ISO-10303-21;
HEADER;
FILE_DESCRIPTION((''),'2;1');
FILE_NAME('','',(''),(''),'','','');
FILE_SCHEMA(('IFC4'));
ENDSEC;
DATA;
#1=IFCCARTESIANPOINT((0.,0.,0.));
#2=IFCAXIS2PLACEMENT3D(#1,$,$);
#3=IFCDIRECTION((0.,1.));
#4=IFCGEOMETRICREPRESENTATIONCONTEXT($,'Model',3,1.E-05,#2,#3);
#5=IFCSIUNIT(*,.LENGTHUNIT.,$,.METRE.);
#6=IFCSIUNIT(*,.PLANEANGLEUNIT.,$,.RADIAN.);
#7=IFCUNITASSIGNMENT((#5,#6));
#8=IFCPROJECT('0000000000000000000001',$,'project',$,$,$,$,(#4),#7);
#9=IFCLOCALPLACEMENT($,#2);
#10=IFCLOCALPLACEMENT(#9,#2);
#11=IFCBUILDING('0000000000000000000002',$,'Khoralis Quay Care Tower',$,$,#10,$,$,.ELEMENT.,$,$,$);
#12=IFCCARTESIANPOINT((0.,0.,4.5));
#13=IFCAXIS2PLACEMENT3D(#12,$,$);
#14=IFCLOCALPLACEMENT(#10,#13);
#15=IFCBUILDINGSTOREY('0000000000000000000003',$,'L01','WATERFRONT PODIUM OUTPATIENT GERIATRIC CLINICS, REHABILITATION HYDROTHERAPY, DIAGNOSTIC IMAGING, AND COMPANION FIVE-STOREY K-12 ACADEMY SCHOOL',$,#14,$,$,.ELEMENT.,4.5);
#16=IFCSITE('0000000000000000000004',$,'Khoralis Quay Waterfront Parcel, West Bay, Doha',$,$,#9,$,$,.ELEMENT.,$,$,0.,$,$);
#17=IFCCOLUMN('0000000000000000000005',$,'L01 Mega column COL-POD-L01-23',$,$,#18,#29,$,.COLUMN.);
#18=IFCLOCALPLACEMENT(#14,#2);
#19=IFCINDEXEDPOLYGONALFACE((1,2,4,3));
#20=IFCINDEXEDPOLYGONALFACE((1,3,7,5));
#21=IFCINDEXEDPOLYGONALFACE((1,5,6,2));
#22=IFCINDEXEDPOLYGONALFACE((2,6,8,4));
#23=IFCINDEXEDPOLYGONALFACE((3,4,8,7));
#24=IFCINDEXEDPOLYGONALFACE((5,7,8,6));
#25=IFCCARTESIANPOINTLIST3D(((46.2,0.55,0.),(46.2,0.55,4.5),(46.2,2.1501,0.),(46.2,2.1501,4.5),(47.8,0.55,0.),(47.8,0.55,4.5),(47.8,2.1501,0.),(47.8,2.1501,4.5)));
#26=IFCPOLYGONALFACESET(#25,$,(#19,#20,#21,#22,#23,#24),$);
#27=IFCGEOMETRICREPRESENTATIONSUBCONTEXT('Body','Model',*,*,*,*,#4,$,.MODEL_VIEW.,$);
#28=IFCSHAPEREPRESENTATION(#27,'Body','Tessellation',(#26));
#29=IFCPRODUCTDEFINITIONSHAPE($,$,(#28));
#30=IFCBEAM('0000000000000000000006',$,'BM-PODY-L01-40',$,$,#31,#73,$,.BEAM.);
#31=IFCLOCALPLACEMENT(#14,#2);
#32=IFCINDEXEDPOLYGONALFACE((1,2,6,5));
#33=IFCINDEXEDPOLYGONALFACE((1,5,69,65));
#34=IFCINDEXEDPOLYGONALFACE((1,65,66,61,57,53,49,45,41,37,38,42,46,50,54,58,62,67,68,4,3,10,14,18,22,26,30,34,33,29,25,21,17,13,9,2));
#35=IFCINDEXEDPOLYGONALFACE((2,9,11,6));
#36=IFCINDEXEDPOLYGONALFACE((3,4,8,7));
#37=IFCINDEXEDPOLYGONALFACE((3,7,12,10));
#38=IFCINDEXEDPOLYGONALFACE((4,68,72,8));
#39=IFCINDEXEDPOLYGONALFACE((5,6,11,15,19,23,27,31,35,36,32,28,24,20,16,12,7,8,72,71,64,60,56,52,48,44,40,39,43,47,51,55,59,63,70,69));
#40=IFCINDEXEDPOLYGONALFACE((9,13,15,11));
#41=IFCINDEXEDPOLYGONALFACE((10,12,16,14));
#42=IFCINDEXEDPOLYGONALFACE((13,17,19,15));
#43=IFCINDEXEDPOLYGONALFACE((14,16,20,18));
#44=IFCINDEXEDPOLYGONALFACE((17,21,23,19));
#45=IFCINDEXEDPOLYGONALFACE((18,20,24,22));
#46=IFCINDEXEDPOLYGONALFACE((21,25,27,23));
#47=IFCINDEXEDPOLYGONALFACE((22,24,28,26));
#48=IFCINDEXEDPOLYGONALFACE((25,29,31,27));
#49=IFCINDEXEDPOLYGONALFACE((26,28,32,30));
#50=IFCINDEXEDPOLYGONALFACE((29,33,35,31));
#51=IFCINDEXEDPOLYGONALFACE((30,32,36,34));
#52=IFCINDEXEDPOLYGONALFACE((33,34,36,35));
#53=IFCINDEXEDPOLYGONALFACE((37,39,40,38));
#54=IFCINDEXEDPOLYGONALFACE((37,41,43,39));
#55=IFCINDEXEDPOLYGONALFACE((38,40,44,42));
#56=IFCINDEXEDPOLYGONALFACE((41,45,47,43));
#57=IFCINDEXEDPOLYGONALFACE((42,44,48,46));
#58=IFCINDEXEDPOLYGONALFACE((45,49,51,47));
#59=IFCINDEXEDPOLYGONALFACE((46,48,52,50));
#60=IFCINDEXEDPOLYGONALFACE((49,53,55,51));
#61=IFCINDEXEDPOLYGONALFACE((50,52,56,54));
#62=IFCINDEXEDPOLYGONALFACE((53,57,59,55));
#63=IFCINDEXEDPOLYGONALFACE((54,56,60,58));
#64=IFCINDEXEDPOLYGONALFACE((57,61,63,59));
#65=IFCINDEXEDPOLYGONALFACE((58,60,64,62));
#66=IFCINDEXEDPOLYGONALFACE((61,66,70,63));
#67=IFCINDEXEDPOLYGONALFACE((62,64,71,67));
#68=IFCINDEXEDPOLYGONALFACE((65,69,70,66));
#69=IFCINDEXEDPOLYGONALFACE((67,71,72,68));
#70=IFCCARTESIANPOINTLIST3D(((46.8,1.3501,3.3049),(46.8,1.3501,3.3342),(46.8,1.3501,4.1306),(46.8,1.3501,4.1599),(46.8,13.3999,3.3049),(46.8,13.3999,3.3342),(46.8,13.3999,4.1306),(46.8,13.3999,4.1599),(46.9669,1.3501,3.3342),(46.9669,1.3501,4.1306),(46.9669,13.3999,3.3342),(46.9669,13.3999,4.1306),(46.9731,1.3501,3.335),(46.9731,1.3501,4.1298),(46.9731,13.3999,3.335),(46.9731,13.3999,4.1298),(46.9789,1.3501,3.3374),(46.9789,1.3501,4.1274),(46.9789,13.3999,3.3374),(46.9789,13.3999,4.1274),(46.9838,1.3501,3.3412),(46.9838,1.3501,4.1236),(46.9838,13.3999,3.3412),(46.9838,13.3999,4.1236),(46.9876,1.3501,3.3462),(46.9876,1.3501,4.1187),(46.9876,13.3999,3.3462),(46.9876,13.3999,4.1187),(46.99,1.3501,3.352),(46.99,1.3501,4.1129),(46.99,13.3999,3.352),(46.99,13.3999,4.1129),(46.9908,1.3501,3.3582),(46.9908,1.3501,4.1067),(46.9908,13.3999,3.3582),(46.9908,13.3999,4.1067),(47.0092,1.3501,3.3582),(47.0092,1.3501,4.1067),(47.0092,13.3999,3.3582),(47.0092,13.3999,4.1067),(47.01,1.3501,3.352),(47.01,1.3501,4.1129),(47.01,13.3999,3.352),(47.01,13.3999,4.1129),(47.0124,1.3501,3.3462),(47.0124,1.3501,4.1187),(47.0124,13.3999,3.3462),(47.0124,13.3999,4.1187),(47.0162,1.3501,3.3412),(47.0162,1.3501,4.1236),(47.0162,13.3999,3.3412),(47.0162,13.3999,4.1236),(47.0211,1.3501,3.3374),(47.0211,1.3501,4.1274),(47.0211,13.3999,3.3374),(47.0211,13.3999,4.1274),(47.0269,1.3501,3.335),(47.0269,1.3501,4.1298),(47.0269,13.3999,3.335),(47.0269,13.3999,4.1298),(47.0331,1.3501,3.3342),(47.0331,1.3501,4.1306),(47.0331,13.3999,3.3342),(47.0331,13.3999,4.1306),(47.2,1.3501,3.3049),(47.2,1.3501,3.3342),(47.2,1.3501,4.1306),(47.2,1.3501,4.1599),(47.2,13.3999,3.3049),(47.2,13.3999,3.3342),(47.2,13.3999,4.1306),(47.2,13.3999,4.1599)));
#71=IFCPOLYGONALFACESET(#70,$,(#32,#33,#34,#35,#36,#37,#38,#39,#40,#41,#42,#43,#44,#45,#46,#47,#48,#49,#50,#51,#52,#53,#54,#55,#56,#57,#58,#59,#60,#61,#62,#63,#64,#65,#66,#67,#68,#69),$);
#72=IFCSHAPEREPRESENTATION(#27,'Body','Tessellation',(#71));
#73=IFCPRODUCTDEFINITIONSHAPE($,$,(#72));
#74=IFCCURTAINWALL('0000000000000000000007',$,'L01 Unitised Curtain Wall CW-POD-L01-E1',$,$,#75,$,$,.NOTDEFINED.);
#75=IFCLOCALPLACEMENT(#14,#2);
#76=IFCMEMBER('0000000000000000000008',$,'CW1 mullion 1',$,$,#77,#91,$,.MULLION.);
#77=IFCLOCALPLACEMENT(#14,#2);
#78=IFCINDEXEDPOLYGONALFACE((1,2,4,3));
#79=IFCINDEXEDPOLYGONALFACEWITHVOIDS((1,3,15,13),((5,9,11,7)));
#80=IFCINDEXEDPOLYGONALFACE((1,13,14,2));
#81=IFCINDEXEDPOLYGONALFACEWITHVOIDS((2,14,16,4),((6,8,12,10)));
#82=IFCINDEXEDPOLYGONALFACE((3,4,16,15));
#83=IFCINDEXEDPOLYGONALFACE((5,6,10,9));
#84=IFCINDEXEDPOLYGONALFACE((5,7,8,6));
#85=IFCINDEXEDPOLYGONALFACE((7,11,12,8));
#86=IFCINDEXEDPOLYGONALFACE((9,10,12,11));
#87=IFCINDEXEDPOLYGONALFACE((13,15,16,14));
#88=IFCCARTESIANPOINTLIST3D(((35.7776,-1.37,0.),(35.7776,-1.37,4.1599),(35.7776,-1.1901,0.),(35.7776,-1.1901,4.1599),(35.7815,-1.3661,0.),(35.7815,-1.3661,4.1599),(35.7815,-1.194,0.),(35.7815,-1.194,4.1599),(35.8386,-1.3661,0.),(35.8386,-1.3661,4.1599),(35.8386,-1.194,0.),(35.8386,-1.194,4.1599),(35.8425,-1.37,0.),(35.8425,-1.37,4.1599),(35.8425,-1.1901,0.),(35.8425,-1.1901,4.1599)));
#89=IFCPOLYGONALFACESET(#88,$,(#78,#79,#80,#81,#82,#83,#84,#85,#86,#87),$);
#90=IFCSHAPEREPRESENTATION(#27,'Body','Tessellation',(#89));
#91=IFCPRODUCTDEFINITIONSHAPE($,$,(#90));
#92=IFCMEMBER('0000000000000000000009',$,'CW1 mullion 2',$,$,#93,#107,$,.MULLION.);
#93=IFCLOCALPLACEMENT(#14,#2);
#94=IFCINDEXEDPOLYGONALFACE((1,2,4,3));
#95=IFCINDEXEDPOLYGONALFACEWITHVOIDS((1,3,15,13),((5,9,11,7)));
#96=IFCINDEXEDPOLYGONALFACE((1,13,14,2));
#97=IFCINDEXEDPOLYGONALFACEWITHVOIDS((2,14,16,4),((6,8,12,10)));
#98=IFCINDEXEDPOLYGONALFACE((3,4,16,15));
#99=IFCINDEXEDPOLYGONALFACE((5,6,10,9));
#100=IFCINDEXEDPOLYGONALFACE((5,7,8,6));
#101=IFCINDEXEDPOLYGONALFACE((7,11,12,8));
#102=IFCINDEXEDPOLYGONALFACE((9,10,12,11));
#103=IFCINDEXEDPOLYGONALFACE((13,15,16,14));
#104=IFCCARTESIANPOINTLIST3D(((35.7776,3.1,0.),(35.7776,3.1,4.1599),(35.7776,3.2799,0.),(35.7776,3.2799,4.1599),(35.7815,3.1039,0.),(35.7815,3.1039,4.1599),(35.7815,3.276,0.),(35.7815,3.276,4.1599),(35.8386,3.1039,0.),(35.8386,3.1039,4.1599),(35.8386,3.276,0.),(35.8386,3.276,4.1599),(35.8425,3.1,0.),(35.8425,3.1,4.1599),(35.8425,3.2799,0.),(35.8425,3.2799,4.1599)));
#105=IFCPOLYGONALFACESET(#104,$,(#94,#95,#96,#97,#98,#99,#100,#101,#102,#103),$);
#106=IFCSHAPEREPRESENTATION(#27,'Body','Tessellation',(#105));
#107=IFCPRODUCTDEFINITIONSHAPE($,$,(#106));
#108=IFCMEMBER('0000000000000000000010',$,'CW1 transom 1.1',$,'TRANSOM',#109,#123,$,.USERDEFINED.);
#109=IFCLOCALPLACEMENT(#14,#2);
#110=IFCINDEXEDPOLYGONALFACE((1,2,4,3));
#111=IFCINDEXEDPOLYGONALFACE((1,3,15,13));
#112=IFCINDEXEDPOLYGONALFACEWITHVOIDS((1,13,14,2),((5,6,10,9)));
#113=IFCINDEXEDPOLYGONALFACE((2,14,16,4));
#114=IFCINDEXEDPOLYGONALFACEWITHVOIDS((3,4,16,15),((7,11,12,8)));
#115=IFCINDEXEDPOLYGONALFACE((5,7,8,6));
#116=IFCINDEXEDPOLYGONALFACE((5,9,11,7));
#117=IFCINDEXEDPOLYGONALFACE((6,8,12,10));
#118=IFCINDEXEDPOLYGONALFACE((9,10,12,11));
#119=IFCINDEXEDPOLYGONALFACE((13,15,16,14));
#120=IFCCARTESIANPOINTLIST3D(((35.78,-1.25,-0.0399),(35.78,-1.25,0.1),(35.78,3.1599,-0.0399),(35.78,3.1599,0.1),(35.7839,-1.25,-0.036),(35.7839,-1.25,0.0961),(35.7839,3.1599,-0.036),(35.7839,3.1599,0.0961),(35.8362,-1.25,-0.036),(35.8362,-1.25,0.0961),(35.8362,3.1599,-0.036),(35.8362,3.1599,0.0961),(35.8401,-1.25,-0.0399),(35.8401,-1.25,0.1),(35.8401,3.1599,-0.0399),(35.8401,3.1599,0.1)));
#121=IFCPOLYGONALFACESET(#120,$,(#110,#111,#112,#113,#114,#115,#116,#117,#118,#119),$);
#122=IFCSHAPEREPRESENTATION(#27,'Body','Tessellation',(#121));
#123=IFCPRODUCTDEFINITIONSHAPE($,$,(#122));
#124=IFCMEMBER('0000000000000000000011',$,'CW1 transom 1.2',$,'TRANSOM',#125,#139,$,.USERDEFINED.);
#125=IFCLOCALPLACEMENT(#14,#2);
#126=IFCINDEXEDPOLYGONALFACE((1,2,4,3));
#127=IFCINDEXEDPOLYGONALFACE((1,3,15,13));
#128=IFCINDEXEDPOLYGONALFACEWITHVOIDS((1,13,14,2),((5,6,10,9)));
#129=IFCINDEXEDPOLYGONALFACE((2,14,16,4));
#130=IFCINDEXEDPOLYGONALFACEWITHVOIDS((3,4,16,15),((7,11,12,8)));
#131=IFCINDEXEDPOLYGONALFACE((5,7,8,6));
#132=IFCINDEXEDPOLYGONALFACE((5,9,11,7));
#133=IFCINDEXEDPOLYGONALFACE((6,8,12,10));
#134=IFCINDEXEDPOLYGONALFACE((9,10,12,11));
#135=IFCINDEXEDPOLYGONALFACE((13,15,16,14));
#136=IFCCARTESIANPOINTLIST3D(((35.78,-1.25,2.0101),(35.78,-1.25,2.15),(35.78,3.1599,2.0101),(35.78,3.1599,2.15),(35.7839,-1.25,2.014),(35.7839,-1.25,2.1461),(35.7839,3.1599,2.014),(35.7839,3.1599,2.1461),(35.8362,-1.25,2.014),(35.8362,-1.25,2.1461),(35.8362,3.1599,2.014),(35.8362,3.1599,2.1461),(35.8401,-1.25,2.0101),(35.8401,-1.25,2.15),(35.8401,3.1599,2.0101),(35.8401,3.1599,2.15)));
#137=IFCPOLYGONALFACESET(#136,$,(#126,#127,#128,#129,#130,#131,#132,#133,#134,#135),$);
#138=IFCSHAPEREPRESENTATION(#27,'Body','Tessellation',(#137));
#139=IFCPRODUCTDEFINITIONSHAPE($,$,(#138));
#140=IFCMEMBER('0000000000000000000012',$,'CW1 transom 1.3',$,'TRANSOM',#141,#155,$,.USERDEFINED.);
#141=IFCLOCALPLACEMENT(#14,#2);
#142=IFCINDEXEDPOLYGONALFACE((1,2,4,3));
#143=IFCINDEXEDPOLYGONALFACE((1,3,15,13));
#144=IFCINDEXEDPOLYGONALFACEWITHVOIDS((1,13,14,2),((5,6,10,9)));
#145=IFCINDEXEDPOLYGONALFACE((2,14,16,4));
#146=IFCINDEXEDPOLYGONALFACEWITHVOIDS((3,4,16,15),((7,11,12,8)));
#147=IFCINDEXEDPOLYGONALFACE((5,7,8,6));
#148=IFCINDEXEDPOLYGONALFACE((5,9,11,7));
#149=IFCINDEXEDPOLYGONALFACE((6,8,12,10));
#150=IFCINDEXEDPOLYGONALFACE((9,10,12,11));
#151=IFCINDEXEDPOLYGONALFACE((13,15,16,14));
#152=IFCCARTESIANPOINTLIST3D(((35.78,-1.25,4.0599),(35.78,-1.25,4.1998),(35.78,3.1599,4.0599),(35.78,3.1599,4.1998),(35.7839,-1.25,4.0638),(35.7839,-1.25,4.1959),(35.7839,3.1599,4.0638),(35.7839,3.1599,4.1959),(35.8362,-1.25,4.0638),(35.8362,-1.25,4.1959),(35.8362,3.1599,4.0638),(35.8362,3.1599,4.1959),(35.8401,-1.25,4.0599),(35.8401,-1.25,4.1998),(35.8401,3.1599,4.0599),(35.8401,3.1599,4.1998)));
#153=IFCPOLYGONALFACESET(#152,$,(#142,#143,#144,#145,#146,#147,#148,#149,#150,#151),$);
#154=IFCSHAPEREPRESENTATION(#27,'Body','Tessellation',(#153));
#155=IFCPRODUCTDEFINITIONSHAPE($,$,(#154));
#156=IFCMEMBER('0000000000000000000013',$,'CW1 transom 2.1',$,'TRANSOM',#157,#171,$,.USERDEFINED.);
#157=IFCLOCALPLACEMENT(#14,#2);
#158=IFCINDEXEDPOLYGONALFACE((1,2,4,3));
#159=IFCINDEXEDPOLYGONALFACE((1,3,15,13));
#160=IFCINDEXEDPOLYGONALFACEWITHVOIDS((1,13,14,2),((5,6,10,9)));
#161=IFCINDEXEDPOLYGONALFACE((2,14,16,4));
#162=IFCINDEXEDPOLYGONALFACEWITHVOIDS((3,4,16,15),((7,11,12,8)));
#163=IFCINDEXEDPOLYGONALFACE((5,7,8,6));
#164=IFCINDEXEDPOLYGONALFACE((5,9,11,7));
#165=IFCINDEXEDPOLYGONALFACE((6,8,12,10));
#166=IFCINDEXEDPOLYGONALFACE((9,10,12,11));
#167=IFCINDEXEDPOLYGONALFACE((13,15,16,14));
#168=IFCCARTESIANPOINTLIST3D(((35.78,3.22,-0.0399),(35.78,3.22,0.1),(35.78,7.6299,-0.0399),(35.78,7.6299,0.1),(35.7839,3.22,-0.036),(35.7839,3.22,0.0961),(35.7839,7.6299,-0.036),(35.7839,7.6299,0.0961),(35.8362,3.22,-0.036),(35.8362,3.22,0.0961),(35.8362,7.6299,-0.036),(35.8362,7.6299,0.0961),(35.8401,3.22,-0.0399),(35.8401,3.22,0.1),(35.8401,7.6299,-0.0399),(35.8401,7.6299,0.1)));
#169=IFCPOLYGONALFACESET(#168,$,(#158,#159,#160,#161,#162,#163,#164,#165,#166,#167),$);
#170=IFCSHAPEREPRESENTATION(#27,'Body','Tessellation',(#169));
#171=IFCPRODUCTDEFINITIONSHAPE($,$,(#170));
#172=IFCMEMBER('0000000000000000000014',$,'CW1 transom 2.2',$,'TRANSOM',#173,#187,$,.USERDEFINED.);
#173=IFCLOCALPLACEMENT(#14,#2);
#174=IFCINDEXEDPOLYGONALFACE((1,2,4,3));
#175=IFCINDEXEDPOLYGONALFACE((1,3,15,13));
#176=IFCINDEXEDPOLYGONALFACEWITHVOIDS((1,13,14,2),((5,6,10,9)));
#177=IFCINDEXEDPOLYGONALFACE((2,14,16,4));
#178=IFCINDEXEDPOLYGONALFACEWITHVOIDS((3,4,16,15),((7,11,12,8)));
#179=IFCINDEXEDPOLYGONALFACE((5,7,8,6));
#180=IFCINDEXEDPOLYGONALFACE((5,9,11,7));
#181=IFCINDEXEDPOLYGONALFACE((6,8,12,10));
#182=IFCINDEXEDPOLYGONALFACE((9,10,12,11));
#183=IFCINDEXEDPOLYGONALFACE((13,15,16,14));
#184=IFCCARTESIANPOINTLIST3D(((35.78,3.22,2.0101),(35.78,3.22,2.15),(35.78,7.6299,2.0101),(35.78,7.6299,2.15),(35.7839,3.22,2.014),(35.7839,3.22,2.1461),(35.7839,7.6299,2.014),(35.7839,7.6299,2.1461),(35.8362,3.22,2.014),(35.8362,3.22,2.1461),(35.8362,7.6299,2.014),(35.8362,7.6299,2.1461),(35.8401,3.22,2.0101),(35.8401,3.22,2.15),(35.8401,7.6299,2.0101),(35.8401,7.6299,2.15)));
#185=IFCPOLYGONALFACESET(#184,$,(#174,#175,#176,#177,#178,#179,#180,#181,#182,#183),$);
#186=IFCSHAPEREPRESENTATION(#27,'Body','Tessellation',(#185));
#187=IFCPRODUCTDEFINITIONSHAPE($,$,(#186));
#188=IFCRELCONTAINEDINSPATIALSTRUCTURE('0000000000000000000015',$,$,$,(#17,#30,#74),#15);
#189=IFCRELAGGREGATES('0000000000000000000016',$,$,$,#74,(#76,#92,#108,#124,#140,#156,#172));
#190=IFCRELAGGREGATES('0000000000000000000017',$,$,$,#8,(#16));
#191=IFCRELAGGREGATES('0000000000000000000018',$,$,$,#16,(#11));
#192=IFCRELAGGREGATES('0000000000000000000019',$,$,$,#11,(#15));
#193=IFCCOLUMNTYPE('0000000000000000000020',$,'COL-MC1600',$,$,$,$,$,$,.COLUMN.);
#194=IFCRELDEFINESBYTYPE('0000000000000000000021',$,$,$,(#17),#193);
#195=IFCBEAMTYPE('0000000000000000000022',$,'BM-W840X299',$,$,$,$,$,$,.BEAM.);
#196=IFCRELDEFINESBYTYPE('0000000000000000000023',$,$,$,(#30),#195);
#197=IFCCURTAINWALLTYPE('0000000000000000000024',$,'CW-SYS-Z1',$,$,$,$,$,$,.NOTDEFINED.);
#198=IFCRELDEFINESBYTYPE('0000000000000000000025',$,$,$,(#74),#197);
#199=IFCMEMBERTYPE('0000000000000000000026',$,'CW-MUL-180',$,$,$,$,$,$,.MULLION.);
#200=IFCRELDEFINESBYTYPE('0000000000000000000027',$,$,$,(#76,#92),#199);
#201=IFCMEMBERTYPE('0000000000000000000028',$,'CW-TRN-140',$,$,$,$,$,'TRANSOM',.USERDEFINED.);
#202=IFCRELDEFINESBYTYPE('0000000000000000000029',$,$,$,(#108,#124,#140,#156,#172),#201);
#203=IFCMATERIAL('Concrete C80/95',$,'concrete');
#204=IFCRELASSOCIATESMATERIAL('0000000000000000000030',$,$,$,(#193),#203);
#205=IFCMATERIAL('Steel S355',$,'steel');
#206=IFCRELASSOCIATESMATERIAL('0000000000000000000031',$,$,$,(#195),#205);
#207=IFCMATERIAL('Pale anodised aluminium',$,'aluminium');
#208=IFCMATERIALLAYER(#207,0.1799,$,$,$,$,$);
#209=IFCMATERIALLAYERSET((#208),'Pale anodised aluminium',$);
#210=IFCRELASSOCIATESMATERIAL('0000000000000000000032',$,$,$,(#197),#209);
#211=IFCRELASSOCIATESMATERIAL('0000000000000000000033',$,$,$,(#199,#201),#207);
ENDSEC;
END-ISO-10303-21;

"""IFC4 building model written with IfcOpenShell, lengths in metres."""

from ifc_helpers import new_model, si_unit, direction, frame, origin, origin_2d, place, context, subcontext, project, spatial, rectangle, hollow_rectangle, i_section, extrude, source, transform, mapped, material, layer, layer_set, material_profile, profile_set, type_object, element, aggregate, save


model = new_model("IFC4")

# Units and contexts
model_context = context("Model", 3, precision=1e-05, world=origin(), true_north=direction((0.0, 1.0)))
body_context = subcontext(model_context, "Body", "Model", "MODEL_VIEW")
ifc_project = project(units=[si_unit("LENGTHUNIT", "METRE"), si_unit("PLANEANGLEUNIT", "RADIAN")], contexts=[model_context])

# Site, building, storey
site_placement = place(None, origin())
site = spatial("IfcSite", under=ifc_project, at=site_placement, Name="Khoralis Quay Waterfront Parcel, West Bay, Doha", CompositionType="ELEMENT", RefElevation=0.0)
building_placement = place(site_placement, origin())
building = spatial("IfcBuilding", under=site, at=building_placement, Name="Khoralis Quay Care Tower", CompositionType="ELEMENT")
storey_placement = place(building_placement, frame((0.0, 0.0, 4.5)))
storey = spatial("IfcBuildingStorey", under=building, at=storey_placement, Name="L01", Description="WATERFRONT PODIUM OUTPATIENT GERIATRIC CLINICS, REHABILITATION HYDROTHERAPY, DIAGNOSTIC IMAGING, AND COMPANION FIVE-STOREY K-12 ACADEMY SCHOOL", CompositionType="ELEMENT", Elevation=4.5)

# Column
ifc_material_1 = material(Name="Concrete C80/95", Category="concrete")
ifc_material_profile_1 = material_profile(ifc_material_1, rectangle(XDim=1.6001, YDim=1.6001, at=origin_2d()), Name="Concrete C80/95")
ifc_profile_set_1 = profile_set([ifc_material_profile_1], Name="Concrete C80/95")
column_type = type_object("IfcColumnType", Name="COL-MC1600", PredefinedType="COLUMN", material=ifc_profile_set_1)
shared_shape_1 = source(origin(), body_context, "Body", "SweptSolid", [
    extrude(rectangle(XDim=1.6001, YDim=1.6001, at=origin_2d()), origin(), (0.0, 0.0, 1.0), 4.5),
])
column_placement = place(storey_placement, frame((47.0, 1.3501, 0.0), z_axis=(0.0, 0.0, 1.0), x_axis=(1.0, 0.0, 0.0)))
element("IfcColumn", 1, at=column_placement, inside=storey, type_object=column_type, Name="L01 Mega column COL-POD-L01-23", PredefinedType="COLUMN", context=body_context, shape_type="MappedRepresentation", body=[
    mapped(shared_shape_1, transform((0.0, 0.0, 0.0), scale=1.0)),
])

# Beam
ifc_material_2 = material(Name="Steel S355", Category="steel")
ifc_material_profile_2 = material_profile(ifc_material_2, i_section(OverallWidth=0.3999, OverallDepth=0.855, WebThickness=0.0183, FlangeThickness=0.0293, FilletRadius=0.0239, at=origin_2d()), Name="Steel S355")
ifc_profile_set_2 = profile_set([ifc_material_profile_2], Name="Steel S355")
beam_type = type_object("IfcBeamType", Name="BM-W840X299", PredefinedType="BEAM", material=ifc_profile_set_2)
shared_shape_2 = source(origin(), body_context, "Body", "SweptSolid", [
    extrude(i_section(OverallWidth=0.3999, OverallDepth=0.855, WebThickness=0.0183, FlangeThickness=0.0293, FilletRadius=0.0239, at=origin_2d()), origin(), (0.0, 0.0, 1.0), 12.0498),
])
beam_placement = place(storey_placement, frame((47.0, 1.3501, 3.7324), z_axis=(0.0, 1.0, 0.0), x_axis=(-1.0, 0.0, 0.0)))
element("IfcBeam", 2, at=beam_placement, inside=storey, type_object=beam_type, Name="BM-PODY-L01-40", PredefinedType="BEAM", context=body_context, shape_type="MappedRepresentation", body=[
    mapped(shared_shape_2, transform((0.0, 0.0, 0.0), scale=1.0)),
])

# Curtain wall, members
ifc_material_3 = material(Name="Pale anodised aluminium", Category="aluminium")
ifc_layer_1 = layer(ifc_material_3, 0.1799)
ifc_layer_set_1 = layer_set([ifc_layer_1], Name="Pale anodised aluminium")
curtain_wall_type = type_object("IfcCurtainWallType", Name="CW-SYS-Z1", PredefinedType="NOTDEFINED", material=ifc_layer_set_1)
curtain_wall_placement = place(storey_placement, origin())
curtain_wall = element("IfcCurtainWall", 3, at=curtain_wall_placement, inside=storey, type_object=curtain_wall_type, Name="L01 Unitised Curtain Wall CW-POD-L01-E1", PredefinedType="NOTDEFINED")
ifc_material_profile_3 = material_profile(ifc_material_3, hollow_rectangle(XDim=0.0649, YDim=0.1799, WallThickness=0.0039, at=origin_2d()), Name="Pale anodised aluminium")
ifc_profile_set_3 = profile_set([ifc_material_profile_3], Name="Pale anodised aluminium")
member_type_1 = type_object("IfcMemberType", Name="CW-MUL-180", PredefinedType="MULLION", material=ifc_profile_set_3)
shared_shape_3 = source(origin(), body_context, "Body", "SweptSolid", [
    extrude(hollow_rectangle(XDim=0.0649, YDim=0.1799, WallThickness=0.0039, at=origin_2d()), origin(), (0.0, 0.0, 1.0), 4.1599),
])
member_1_placement = place(storey_placement, frame((35.8101, -1.28, 0.0), z_axis=(0.0, 0.0, 1.0), x_axis=(-1.0, 0.0, 0.0)))
member_1 = element("IfcMember", 4, at=member_1_placement, type_object=member_type_1, Name="CW1 mullion 1", PredefinedType="MULLION", context=body_context, shape_type="MappedRepresentation", body=[
    mapped(shared_shape_3, transform((0.0, 0.0, 0.0), scale=1.0)),
])
member_2_placement = place(storey_placement, frame((35.8101, 3.1899, 0.0), z_axis=(0.0, 0.0, 1.0), x_axis=(-1.0, 0.0, 0.0)))
member_2 = element("IfcMember", 5, at=member_2_placement, type_object=member_type_1, Name="CW1 mullion 2", PredefinedType="MULLION", context=body_context, shape_type="MappedRepresentation", body=[
    mapped(shared_shape_3, transform((0.0, 0.0, 0.0), scale=1.0)),
])
ifc_material_profile_4 = material_profile(ifc_material_3, hollow_rectangle(XDim=0.0601, YDim=0.1399, WallThickness=0.0039, at=origin_2d()), Name="Pale anodised aluminium")
ifc_profile_set_4 = profile_set([ifc_material_profile_4], Name="Pale anodised aluminium")
member_type_2 = type_object("IfcMemberType", Name="CW-TRN-140", ElementType="TRANSOM", PredefinedType="USERDEFINED", material=ifc_profile_set_4)
shared_shape_4 = source(origin(), body_context, "Body", "SweptSolid", [
    extrude(hollow_rectangle(XDim=0.0601, YDim=0.1399, WallThickness=0.0039, at=origin_2d()), origin(), (0.0, 0.0, 1.0), 4.4099),
])
member_3_placement = place(storey_placement, frame((35.8101, -1.25, 0.03), z_axis=(0.0, 1.0, 0.0), x_axis=(-1.0, 0.0, 0.0)))
member_3 = element("IfcMember", 6, at=member_3_placement, type_object=member_type_2, Name="CW1 transom 1.1", ObjectType="TRANSOM", PredefinedType="USERDEFINED", context=body_context, shape_type="MappedRepresentation", body=[
    mapped(shared_shape_4, transform((0.0, 0.0, 0.0), scale=1.0)),
])
member_4_placement = place(storey_placement, frame((35.8101, -1.25, 2.0801), z_axis=(0.0, 1.0, 0.0), x_axis=(-1.0, 0.0, 0.0)))
member_4 = element("IfcMember", 7, at=member_4_placement, type_object=member_type_2, Name="CW1 transom 1.2", ObjectType="TRANSOM", PredefinedType="USERDEFINED", context=body_context, shape_type="MappedRepresentation", body=[
    mapped(shared_shape_4, transform((0.0, 0.0, 0.0), scale=1.0)),
])
member_5_placement = place(storey_placement, frame((35.8101, -1.25, 4.1299), z_axis=(0.0, 1.0, 0.0), x_axis=(-1.0, 0.0, 0.0)))
member_5 = element("IfcMember", 8, at=member_5_placement, type_object=member_type_2, Name="CW1 transom 1.3", ObjectType="TRANSOM", PredefinedType="USERDEFINED", context=body_context, shape_type="MappedRepresentation", body=[
    mapped(shared_shape_4, transform((0.0, 0.0, 0.0), scale=1.0)),
])
member_6_placement = place(storey_placement, frame((35.8101, 3.22, 0.03), z_axis=(0.0, 1.0, 0.0), x_axis=(-1.0, 0.0, 0.0)))
member_6 = element("IfcMember", 9, at=member_6_placement, type_object=member_type_2, Name="CW1 transom 2.1", ObjectType="TRANSOM", PredefinedType="USERDEFINED", context=body_context, shape_type="MappedRepresentation", body=[
    mapped(shared_shape_4, transform((0.0, 0.0, 0.0), scale=1.0)),
])
member_7_placement = place(storey_placement, frame((35.8101, 3.22, 2.0801), z_axis=(0.0, 1.0, 0.0), x_axis=(-1.0, 0.0, 0.0)))
member_7 = element("IfcMember", 10, at=member_7_placement, type_object=member_type_2, Name="CW1 transom 2.2", ObjectType="TRANSOM", PredefinedType="USERDEFINED", context=body_context, shape_type="MappedRepresentation", body=[
    mapped(shared_shape_4, transform((0.0, 0.0, 0.0), scale=1.0)),
])
aggregate(curtain_wall, [member_1, member_2, member_3, member_4, member_5, member_6, member_7])

save(model, "model.ifc")
